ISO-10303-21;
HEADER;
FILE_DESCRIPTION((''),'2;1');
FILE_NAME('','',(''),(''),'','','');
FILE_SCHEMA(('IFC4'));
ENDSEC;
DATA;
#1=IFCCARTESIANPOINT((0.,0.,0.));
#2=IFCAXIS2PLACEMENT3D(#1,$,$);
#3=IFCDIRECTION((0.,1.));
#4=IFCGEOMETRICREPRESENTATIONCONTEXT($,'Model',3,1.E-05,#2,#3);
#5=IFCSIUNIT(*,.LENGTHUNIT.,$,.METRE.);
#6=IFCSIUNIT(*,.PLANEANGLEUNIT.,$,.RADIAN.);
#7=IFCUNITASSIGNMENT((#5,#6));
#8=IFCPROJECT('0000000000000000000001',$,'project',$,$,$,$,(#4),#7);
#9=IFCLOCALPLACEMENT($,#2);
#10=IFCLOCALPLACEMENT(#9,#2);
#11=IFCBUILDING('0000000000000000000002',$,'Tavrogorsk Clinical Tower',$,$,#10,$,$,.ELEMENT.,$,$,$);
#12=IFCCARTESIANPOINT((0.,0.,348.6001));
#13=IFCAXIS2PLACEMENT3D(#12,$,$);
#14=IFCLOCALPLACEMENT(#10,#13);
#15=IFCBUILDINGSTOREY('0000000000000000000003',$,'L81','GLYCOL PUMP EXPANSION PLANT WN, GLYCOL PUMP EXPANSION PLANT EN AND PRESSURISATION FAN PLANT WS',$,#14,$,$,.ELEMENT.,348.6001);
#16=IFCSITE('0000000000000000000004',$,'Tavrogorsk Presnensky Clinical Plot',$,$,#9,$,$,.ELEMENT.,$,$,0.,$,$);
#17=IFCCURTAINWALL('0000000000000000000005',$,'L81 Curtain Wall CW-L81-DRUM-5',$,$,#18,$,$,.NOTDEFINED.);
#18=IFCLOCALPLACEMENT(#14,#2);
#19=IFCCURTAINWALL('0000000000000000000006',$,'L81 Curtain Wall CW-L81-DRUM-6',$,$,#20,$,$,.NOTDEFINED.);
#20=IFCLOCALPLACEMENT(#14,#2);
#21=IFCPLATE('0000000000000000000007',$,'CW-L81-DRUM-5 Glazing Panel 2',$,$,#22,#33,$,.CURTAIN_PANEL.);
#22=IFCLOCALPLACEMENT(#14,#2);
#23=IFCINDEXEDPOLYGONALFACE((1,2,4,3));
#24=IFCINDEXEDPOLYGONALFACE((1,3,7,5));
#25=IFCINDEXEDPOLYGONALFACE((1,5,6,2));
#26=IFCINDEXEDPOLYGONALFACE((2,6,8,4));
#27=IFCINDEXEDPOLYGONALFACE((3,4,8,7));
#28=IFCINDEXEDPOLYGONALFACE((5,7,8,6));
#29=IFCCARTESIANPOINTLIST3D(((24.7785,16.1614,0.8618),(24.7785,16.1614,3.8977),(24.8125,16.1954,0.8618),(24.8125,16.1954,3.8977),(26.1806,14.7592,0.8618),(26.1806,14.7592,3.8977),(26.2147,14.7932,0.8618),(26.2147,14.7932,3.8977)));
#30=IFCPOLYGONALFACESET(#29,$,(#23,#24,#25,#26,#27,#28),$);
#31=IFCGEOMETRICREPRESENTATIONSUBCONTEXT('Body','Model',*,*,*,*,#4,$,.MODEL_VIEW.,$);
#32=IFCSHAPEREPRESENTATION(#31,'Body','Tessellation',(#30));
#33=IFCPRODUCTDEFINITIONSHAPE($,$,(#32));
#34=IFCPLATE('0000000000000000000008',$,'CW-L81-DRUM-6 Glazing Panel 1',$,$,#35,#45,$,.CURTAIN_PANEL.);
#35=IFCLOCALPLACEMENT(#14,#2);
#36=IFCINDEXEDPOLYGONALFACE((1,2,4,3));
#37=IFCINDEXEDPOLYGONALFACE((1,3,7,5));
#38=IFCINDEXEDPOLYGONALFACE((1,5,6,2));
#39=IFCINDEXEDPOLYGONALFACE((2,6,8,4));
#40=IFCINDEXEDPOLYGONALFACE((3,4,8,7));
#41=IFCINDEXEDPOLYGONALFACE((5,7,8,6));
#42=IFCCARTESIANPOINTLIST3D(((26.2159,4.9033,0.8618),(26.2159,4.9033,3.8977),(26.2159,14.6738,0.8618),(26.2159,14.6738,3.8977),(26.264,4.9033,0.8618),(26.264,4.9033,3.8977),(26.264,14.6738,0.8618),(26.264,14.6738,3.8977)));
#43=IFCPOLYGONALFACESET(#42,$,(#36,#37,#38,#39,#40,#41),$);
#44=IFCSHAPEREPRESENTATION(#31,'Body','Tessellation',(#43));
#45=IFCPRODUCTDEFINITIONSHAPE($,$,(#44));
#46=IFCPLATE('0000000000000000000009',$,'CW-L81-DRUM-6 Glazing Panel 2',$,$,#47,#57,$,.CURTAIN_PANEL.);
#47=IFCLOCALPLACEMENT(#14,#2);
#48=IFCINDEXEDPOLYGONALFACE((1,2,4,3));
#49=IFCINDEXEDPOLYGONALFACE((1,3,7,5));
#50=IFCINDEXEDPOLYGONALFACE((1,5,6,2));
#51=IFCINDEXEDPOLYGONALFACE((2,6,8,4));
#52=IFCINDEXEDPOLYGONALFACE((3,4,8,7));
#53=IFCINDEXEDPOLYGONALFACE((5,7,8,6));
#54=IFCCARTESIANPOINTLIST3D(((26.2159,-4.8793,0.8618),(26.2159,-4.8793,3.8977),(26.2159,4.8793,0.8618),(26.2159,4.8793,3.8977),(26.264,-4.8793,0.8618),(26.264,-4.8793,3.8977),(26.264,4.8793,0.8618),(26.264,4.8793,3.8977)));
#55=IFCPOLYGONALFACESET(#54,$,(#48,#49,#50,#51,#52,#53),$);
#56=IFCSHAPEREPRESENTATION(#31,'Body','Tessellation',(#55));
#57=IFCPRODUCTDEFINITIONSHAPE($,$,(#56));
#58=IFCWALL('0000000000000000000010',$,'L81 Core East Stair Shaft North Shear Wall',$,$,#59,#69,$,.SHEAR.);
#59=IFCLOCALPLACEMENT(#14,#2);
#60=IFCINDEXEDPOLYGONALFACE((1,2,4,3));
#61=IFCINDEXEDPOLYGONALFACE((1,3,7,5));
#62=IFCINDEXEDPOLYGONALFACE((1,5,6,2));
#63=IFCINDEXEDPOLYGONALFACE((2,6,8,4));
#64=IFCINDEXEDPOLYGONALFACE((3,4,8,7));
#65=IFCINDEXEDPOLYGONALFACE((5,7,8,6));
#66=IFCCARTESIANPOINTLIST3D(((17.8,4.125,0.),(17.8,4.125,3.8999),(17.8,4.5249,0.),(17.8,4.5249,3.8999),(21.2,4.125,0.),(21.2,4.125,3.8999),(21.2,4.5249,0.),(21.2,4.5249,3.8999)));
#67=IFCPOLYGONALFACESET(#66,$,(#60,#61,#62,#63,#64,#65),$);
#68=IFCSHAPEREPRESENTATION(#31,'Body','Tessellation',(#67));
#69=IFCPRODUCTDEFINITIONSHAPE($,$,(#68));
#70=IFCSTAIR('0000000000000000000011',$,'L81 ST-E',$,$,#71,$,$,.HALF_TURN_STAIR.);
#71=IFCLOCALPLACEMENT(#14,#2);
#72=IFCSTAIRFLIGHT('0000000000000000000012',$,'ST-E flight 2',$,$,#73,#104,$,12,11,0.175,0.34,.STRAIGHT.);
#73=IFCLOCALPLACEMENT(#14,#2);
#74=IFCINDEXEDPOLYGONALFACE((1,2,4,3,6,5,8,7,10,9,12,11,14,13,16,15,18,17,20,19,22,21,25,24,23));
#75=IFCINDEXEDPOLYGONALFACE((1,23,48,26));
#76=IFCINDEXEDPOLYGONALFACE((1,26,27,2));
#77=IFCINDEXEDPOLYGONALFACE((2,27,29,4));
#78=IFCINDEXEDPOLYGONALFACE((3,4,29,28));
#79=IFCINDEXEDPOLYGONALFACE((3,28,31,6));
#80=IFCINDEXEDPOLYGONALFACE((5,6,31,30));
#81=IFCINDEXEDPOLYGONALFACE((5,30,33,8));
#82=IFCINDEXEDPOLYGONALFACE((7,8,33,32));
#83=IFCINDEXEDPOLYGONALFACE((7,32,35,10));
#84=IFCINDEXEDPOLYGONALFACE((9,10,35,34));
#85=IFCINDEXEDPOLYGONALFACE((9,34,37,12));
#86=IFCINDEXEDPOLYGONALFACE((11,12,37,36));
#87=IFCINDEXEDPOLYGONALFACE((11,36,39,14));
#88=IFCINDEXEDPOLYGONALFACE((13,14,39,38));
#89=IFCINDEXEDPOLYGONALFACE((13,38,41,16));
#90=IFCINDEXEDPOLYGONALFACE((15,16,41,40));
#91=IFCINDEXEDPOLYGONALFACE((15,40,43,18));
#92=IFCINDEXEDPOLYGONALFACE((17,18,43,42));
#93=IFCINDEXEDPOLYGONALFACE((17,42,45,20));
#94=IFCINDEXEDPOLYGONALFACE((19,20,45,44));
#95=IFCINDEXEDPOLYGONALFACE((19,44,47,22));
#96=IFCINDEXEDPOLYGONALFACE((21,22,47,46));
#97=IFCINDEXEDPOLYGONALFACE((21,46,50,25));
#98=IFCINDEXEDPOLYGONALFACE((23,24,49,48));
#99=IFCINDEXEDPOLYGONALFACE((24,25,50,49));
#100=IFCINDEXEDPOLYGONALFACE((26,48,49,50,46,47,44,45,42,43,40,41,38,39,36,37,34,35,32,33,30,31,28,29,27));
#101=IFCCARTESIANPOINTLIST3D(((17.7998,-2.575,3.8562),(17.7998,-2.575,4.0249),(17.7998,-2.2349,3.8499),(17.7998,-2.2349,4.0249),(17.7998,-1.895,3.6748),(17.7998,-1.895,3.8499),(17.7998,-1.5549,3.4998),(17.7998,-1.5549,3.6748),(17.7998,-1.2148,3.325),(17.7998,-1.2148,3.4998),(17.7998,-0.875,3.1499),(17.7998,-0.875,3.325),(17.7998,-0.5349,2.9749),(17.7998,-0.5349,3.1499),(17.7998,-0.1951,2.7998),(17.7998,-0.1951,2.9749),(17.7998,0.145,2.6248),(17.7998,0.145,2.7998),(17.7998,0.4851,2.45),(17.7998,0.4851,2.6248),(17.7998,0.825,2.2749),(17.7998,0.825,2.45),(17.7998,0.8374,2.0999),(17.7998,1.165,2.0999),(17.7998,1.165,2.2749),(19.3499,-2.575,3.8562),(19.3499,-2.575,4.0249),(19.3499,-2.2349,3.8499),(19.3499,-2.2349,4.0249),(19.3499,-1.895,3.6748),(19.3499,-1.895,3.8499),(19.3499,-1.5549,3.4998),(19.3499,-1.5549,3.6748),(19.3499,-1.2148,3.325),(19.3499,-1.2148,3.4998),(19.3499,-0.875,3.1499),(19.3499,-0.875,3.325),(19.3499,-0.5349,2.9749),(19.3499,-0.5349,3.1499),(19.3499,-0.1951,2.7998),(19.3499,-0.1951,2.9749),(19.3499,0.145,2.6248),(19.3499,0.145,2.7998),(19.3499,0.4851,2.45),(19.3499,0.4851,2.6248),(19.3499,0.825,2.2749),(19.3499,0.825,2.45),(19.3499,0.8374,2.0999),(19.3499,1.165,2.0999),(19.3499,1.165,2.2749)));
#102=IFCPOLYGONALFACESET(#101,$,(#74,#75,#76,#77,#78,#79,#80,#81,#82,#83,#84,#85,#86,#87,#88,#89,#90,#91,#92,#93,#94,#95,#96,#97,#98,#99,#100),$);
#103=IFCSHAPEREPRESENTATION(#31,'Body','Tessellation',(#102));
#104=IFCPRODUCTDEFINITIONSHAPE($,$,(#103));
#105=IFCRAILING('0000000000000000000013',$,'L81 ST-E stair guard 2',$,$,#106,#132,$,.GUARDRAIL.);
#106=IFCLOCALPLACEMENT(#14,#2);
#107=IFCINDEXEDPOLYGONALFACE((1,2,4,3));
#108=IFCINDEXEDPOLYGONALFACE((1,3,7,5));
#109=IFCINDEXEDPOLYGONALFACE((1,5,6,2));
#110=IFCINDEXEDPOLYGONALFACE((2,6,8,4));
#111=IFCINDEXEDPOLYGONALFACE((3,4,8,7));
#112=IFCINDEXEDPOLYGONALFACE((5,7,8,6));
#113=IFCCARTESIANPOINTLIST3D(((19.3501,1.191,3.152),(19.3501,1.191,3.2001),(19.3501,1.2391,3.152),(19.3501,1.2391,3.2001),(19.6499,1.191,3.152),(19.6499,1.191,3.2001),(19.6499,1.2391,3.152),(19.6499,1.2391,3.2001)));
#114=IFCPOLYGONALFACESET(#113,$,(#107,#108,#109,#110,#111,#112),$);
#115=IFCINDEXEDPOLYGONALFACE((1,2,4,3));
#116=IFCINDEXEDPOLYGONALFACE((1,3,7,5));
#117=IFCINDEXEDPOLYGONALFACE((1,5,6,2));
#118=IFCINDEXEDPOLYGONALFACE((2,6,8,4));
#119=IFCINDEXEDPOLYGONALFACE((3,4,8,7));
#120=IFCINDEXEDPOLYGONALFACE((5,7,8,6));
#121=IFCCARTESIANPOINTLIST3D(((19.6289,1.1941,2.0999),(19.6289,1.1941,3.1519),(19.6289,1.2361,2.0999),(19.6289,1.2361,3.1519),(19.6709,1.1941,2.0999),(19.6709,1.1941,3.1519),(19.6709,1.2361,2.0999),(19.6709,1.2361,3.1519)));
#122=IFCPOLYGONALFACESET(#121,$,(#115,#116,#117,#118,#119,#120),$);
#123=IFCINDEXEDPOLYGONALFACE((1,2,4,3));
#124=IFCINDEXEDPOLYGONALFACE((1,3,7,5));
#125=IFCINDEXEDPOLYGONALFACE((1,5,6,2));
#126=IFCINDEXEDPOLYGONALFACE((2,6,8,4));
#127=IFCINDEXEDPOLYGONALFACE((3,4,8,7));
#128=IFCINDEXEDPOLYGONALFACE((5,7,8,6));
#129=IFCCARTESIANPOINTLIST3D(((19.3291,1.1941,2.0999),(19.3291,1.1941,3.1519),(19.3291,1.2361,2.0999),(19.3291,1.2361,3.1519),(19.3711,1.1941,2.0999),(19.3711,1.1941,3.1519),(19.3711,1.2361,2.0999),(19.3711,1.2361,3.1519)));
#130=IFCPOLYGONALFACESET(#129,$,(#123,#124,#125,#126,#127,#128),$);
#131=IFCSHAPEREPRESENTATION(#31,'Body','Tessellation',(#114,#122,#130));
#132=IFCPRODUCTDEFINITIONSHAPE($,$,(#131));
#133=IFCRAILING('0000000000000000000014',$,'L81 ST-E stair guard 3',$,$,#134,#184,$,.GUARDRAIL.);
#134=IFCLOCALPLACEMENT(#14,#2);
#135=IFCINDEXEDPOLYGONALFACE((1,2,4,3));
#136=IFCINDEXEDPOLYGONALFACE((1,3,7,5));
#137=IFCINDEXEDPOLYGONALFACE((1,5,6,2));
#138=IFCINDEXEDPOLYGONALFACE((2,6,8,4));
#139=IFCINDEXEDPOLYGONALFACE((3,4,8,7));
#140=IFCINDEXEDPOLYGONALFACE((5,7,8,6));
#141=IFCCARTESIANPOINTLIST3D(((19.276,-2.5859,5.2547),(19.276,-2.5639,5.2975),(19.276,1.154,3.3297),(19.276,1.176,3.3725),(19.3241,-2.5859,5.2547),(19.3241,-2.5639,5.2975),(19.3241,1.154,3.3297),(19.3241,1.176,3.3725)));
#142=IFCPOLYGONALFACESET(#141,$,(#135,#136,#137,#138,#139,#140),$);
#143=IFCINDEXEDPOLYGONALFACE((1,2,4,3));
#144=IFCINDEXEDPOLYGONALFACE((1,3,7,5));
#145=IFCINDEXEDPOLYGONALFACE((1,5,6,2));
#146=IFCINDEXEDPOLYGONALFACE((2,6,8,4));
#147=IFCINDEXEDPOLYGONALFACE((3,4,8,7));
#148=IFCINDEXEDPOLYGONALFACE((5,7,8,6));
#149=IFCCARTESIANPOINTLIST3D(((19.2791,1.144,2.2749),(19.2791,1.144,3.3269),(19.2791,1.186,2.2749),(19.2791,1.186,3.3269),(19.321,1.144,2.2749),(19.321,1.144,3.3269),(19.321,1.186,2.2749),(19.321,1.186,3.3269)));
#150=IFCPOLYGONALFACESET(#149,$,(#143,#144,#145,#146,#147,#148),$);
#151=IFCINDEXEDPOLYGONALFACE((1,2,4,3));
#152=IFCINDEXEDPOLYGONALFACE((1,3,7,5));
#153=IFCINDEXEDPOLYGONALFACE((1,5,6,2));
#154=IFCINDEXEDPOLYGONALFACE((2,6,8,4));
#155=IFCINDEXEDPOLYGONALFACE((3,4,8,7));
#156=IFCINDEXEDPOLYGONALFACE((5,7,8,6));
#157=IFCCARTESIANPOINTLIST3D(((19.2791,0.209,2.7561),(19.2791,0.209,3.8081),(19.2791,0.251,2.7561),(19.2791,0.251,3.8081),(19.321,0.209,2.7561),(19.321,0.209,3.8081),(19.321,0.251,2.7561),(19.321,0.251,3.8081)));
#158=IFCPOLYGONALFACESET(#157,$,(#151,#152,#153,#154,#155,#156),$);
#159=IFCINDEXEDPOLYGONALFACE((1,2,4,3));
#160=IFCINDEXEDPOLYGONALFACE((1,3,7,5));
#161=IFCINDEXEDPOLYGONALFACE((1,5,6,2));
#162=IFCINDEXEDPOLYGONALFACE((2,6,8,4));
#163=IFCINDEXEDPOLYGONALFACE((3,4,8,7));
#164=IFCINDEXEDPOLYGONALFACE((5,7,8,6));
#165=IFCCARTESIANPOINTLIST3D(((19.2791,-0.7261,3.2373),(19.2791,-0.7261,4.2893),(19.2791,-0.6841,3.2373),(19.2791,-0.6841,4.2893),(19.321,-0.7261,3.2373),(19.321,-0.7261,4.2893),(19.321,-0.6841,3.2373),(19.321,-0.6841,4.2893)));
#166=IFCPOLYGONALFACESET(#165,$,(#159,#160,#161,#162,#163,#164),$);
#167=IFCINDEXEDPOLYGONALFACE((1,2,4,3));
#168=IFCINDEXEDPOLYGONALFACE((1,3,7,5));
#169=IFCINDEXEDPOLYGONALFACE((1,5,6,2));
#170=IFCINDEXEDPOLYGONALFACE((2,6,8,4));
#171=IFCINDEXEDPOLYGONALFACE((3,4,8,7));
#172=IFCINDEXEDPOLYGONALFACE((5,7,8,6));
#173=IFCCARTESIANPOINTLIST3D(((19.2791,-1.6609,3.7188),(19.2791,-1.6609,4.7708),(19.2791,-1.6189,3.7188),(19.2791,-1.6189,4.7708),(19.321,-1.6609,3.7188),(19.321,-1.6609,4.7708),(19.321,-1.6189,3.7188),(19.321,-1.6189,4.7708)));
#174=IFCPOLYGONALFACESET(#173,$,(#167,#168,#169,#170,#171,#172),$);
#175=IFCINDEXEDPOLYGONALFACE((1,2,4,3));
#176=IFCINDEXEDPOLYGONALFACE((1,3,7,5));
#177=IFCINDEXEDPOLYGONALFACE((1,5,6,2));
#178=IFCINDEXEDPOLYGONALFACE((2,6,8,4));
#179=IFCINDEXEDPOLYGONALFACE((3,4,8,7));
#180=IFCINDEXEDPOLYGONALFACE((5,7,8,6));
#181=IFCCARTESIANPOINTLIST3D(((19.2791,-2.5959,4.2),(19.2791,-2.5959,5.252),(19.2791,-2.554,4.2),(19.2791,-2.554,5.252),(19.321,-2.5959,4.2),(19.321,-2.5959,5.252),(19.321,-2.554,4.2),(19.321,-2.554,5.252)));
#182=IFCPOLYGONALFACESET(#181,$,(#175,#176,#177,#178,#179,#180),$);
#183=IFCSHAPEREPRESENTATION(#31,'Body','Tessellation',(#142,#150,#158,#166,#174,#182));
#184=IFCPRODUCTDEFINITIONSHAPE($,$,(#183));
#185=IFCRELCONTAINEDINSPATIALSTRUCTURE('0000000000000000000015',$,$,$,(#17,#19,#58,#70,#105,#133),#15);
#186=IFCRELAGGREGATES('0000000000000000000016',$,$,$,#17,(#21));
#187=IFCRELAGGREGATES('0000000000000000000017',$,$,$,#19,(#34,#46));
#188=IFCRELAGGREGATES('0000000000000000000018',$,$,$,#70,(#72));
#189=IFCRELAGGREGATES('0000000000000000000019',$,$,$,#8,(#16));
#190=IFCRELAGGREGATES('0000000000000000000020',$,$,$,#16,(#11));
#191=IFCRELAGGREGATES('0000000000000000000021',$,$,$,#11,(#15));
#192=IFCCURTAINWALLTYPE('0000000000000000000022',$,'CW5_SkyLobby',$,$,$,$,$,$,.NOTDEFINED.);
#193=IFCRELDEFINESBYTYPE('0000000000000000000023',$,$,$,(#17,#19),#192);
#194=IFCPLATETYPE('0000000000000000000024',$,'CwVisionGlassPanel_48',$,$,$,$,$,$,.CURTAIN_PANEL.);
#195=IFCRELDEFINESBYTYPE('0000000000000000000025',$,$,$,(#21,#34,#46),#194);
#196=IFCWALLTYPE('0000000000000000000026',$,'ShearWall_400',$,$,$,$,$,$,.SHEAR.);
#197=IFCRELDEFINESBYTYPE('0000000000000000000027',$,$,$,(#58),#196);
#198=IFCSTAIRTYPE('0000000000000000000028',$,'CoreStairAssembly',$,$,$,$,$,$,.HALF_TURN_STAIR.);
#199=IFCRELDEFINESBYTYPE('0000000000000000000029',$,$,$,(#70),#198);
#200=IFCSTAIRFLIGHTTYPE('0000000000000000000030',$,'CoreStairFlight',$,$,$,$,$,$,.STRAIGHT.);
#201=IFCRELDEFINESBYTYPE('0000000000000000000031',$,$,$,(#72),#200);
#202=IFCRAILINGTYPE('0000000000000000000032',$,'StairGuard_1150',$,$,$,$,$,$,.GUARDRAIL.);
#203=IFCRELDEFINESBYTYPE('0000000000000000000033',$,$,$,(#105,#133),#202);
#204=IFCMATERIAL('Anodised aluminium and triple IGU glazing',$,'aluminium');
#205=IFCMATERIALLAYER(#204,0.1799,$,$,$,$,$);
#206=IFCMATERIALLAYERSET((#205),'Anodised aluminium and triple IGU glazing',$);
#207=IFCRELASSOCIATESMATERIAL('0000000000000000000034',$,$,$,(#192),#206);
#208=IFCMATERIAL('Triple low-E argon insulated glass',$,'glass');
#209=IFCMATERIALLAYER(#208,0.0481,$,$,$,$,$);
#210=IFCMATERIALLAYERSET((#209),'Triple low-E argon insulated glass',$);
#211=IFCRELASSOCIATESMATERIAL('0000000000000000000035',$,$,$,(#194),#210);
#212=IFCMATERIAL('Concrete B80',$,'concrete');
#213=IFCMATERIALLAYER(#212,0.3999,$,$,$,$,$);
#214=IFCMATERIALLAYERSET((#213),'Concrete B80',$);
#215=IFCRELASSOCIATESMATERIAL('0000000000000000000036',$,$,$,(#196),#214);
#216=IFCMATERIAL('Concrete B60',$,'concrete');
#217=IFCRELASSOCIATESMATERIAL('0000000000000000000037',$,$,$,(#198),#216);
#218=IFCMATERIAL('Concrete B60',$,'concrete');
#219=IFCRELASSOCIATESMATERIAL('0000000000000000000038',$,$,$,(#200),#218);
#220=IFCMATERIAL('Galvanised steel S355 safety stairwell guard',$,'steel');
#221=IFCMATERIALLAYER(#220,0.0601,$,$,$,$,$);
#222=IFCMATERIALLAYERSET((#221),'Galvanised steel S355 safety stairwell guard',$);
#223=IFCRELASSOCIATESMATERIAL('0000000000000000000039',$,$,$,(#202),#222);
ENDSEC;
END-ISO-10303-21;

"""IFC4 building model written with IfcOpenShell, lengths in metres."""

from ifc_helpers import new_model, si_unit, direction, frame, frame_2d, origin, origin_2d, place, context, subcontext, project, spatial, polyline, rectangle, outline, extrude, material, layer, layer_set, type_object, element, aggregate, save


model = new_model("IFC4")

# Units and contexts
model_context = context("Model", 3, precision=1e-05, world=origin(), true_north=direction((0.0, 1.0)))
body_context = subcontext(model_context, "Body", "Model", "MODEL_VIEW")
ifc_project = project(units=[si_unit("LENGTHUNIT", "METRE"), si_unit("PLANEANGLEUNIT", "RADIAN")], contexts=[model_context])

# Site, building, storey
site_placement = place(None, origin())
site = spatial("IfcSite", under=ifc_project, at=site_placement, Name="Tavrogorsk Presnensky Clinical Plot", CompositionType="ELEMENT", RefElevation=0.0)
building_placement = place(site_placement, origin())
building = spatial("IfcBuilding", under=site, at=building_placement, Name="Tavrogorsk Clinical Tower", CompositionType="ELEMENT")
storey_placement = place(building_placement, frame((0.0, 0.0, 348.6001)))
storey = spatial("IfcBuildingStorey", under=building, at=storey_placement, Name="L81", Description="GLYCOL PUMP EXPANSION PLANT WN, GLYCOL PUMP EXPANSION PLANT EN AND PRESSURISATION FAN PLANT WS", CompositionType="ELEMENT", Elevation=348.6001)

# Shared definitions
ifc_material_1 = material(Name="Anodised aluminium and triple IGU glazing", Category="aluminium")
ifc_layer_1 = layer(ifc_material_1, 0.1799)
ifc_layer_set_1 = layer_set([ifc_layer_1], Name="Anodised aluminium and triple IGU glazing")
curtain_wall_type = type_object("IfcCurtainWallType", Name="CW5_SkyLobby", PredefinedType="NOTDEFINED", material=ifc_layer_set_1)

# Curtain walls
curtain_wall_1_placement = place(storey_placement, origin())
curtain_wall_1 = element("IfcCurtainWall", 1, at=curtain_wall_1_placement, inside=storey, type_object=curtain_wall_type, Name="L81 Curtain Wall CW-L81-DRUM-5", PredefinedType="NOTDEFINED")
curtain_wall_2_placement = place(storey_placement, origin())
curtain_wall_2 = element("IfcCurtainWall", 2, at=curtain_wall_2_placement, inside=storey, type_object=curtain_wall_type, Name="L81 Curtain Wall CW-L81-DRUM-6", PredefinedType="NOTDEFINED")

# Plates
ifc_material_2 = material(Name="Triple low-E argon insulated glass", Category="glass")
ifc_layer_2 = layer(ifc_material_2, 0.0481)
ifc_layer_set_2 = layer_set([ifc_layer_2], Name="Triple low-E argon insulated glass")
plate_type_1 = type_object("IfcPlateType", Name="CwVisionGlassPanel_48", PredefinedType="CURTAIN_PANEL", material=ifc_layer_set_2)
plate_1_placement = place(storey_placement, frame((25.4966, 15.4773, 0.8618), z_axis=(0.0, 0.0, 1.0), x_axis=(0.707107, -0.707107, 0.0)))
plate_1 = element("IfcPlate", 3, at=plate_1_placement, type_object=plate_type_1, Name="CW-L81-DRUM-5 Glazing Panel 2", PredefinedType="CURTAIN_PANEL", context=body_context, shape_type="SweptSolid", body=[
    extrude(rectangle(XDim=1.9829, YDim=0.0481, at=origin_2d()), origin(), (0.0, 0.0, 1.0), 3.0359),
])
aggregate(curtain_wall_1, [plate_1])
plate_2_placement = place(storey_placement, frame((26.24, 9.7886, 0.8618), z_axis=(0.0, 0.0, 1.0), x_axis=(0.0, -1.0, 0.0)))
plate_2 = element("IfcPlate", 4, at=plate_2_placement, type_object=plate_type_1, Name="CW-L81-DRUM-6 Glazing Panel 1", PredefinedType="CURTAIN_PANEL", context=body_context, shape_type="SweptSolid", body=[
    extrude(rectangle(XDim=9.7705, YDim=0.0481, at=origin_2d()), origin(), (0.0, 0.0, 1.0), 3.0359),
])
plate_3_placement = place(storey_placement, frame((26.24, 0.0, 0.8618), z_axis=(0.0, 0.0, 1.0), x_axis=(0.0, -1.0, 0.0)))
plate_3 = element("IfcPlate", 5, at=plate_3_placement, type_object=plate_type_1, Name="CW-L81-DRUM-6 Glazing Panel 2", PredefinedType="CURTAIN_PANEL", context=body_context, shape_type="SweptSolid", body=[
    extrude(rectangle(XDim=9.7585, YDim=0.0481, at=origin_2d()), origin(), (0.0, 0.0, 1.0), 3.0359),
])
aggregate(curtain_wall_2, [plate_2, plate_3])

# Wall
ifc_material_3 = material(Name="Concrete B80", Category="concrete")
ifc_layer_3 = layer(ifc_material_3, 0.3999)
ifc_layer_set_3 = layer_set([ifc_layer_3], Name="Concrete B80")
wall_type = type_object("IfcWallType", Name="ShearWall_400", PredefinedType="SHEAR", material=ifc_layer_set_3)
wall_placement = place(storey_placement, frame((17.8, 4.325, 0.0), z_axis=(0.0, 0.0, 1.0), x_axis=(1.0, 0.0, 0.0)))
element("IfcWall", 6, at=wall_placement, inside=storey, type_object=wall_type, Name="L81 Core East Stair Shaft North Shear Wall", PredefinedType="SHEAR", context=body_context, shape_type="SweptSolid", body=[
    extrude(rectangle(XDim=3.3999, YDim=0.3999, at=frame_2d((1.7, 0.0))), origin(), (0.0, 0.0, 1.0), 3.8999),
])

# Stair, stair flight
ifc_material_4 = material(Name="Concrete B60", Category="concrete")
stair_type = type_object("IfcStairType", Name="CoreStairAssembly", PredefinedType="HALF_TURN_STAIR", material=ifc_material_4)
stair_placement = place(storey_placement, origin())
stair = element("IfcStair", 7, at=stair_placement, inside=storey, type_object=stair_type, Name="L81 ST-E", PredefinedType="HALF_TURN_STAIR")
ifc_material_5 = material(Name="Concrete B60", Category="concrete")
stair_flight_type = type_object("IfcStairFlightType", Name="CoreStairFlight", PredefinedType="STRAIGHT", material=ifc_material_5)
stair_flight_placement = place(storey_placement, frame((18.575, 1.165, 2.0999), z_axis=(0.0, 0.0, 1.0), x_axis=(0.0, -1.0, 0.0)))
stair_flight = element("IfcStairFlight", 8, at=stair_flight_placement, type_object=stair_flight_type, Name="ST-E flight 2", NumberOfRisers=12, NumberOfTreads=11, PredefinedType="STRAIGHT", RiserHeight=0.175, TreadLength=0.34, context=body_context, shape_type="SweptSolid", body=[
    extrude(outline(polyline([(0.0, 0.0), (0.0, 0.175), (0.3401, 0.175), (0.3401, 0.3501), (0.6799, 0.3501), (0.6799, 0.5249), (1.02, 0.5249), (1.02, 0.7), (1.3601, 0.7), (1.3601, 0.875), (1.7, 0.875), (1.7, 1.05), (2.04, 1.05), (2.04, 1.2251), (2.3799, 1.2251), (2.3799, 1.3999), (2.72, 1.3999), (2.72, 1.575), (3.0601, 1.575), (3.0601, 1.75), (3.3999, 1.75), (3.3999, 1.925), (3.74, 1.925), (3.74, 2.1001), (3.74, 1.7563), (0.3276, 0.0), (0.0, 0.0)])), frame((0.0, 0.7749, 0.0), z_axis=(0.0, -1.0, 0.0), x_axis=(1.0, 0.0, 0.0)), (0.0, 0.0, 1.0), 1.55),
])
aggregate(stair, [stair_flight])

# Railings
ifc_material_6 = material(Name="Galvanised steel S355 safety stairwell guard", Category="steel")
ifc_layer_4 = layer(ifc_material_6, 0.0601)
ifc_layer_set_4 = layer_set([ifc_layer_4], Name="Galvanised steel S355 safety stairwell guard")
railing_type_1 = type_object("IfcRailingType", Name="StairGuard_1150", PredefinedType="GUARDRAIL", material=ifc_layer_set_4)
railing_1_placement = place(storey_placement, frame((19.6499, 1.2151, 2.0999)))
element("IfcRailing", 9, at=railing_1_placement, inside=storey, type_object=railing_type_1, Name="L81 ST-E stair guard 2", PredefinedType="GUARDRAIL", context=body_context, shape_type="SweptSolid", body=[
    extrude(rectangle(XDim=0.0481, YDim=0.0481, at=origin_2d()), frame((0.0, 0.0, 1.0762), z_axis=(-1.0, 0.0, 0.0), x_axis=(0.0, -1.0, 0.0)), (0.0, 0.0, 1.0), 0.2998),
    extrude(rectangle(XDim=0.042, YDim=0.042, at=origin_2d()), origin(), (0.0, 0.0, 1.0), 1.052),
    extrude(rectangle(XDim=0.042, YDim=0.042, at=origin_2d()), frame((-0.2998, 0.0, 0.0)), (0.0, 0.0, 1.0), 1.052),
])
railing_2_placement = place(storey_placement, frame((19.3, 1.165, 2.2749)))
element("IfcRailing", 10, at=railing_2_placement, inside=storey, type_object=railing_type_1, Name="L81 ST-E stair guard 3", PredefinedType="GUARDRAIL", context=body_context, shape_type="SweptSolid", body=[
    extrude(rectangle(XDim=0.0481, YDim=0.0481, at=origin_2d()), frame((0.0, 0.0, 1.0762), z_axis=(0.0, -0.889131, 0.457654), x_axis=(1.0, 0.0, 0.0)), (0.0, 0.0, 1.0), 4.2063),
    extrude(rectangle(XDim=0.042, YDim=0.042, at=origin_2d()), origin(), (0.0, 0.0, 1.0), 1.052),
    extrude(rectangle(XDim=0.042, YDim=0.042, at=origin_2d()), frame((0.0, -0.9351, 0.4812)), (0.0, 0.0, 1.0), 1.052),
    extrude(rectangle(XDim=0.042, YDim=0.042, at=origin_2d()), frame((0.0, -1.8701, 0.9624)), (0.0, 0.0, 1.0), 1.052),
    extrude(rectangle(XDim=0.042, YDim=0.042, at=origin_2d()), frame((0.0, -2.8049, 1.4438)), (0.0, 0.0, 1.0), 1.052),
    extrude(rectangle(XDim=0.042, YDim=0.042, at=origin_2d()), frame((0.0, -3.74, 1.925)), (0.0, 0.0, 1.0), 1.052),
])

save(model, "model.ifc")
